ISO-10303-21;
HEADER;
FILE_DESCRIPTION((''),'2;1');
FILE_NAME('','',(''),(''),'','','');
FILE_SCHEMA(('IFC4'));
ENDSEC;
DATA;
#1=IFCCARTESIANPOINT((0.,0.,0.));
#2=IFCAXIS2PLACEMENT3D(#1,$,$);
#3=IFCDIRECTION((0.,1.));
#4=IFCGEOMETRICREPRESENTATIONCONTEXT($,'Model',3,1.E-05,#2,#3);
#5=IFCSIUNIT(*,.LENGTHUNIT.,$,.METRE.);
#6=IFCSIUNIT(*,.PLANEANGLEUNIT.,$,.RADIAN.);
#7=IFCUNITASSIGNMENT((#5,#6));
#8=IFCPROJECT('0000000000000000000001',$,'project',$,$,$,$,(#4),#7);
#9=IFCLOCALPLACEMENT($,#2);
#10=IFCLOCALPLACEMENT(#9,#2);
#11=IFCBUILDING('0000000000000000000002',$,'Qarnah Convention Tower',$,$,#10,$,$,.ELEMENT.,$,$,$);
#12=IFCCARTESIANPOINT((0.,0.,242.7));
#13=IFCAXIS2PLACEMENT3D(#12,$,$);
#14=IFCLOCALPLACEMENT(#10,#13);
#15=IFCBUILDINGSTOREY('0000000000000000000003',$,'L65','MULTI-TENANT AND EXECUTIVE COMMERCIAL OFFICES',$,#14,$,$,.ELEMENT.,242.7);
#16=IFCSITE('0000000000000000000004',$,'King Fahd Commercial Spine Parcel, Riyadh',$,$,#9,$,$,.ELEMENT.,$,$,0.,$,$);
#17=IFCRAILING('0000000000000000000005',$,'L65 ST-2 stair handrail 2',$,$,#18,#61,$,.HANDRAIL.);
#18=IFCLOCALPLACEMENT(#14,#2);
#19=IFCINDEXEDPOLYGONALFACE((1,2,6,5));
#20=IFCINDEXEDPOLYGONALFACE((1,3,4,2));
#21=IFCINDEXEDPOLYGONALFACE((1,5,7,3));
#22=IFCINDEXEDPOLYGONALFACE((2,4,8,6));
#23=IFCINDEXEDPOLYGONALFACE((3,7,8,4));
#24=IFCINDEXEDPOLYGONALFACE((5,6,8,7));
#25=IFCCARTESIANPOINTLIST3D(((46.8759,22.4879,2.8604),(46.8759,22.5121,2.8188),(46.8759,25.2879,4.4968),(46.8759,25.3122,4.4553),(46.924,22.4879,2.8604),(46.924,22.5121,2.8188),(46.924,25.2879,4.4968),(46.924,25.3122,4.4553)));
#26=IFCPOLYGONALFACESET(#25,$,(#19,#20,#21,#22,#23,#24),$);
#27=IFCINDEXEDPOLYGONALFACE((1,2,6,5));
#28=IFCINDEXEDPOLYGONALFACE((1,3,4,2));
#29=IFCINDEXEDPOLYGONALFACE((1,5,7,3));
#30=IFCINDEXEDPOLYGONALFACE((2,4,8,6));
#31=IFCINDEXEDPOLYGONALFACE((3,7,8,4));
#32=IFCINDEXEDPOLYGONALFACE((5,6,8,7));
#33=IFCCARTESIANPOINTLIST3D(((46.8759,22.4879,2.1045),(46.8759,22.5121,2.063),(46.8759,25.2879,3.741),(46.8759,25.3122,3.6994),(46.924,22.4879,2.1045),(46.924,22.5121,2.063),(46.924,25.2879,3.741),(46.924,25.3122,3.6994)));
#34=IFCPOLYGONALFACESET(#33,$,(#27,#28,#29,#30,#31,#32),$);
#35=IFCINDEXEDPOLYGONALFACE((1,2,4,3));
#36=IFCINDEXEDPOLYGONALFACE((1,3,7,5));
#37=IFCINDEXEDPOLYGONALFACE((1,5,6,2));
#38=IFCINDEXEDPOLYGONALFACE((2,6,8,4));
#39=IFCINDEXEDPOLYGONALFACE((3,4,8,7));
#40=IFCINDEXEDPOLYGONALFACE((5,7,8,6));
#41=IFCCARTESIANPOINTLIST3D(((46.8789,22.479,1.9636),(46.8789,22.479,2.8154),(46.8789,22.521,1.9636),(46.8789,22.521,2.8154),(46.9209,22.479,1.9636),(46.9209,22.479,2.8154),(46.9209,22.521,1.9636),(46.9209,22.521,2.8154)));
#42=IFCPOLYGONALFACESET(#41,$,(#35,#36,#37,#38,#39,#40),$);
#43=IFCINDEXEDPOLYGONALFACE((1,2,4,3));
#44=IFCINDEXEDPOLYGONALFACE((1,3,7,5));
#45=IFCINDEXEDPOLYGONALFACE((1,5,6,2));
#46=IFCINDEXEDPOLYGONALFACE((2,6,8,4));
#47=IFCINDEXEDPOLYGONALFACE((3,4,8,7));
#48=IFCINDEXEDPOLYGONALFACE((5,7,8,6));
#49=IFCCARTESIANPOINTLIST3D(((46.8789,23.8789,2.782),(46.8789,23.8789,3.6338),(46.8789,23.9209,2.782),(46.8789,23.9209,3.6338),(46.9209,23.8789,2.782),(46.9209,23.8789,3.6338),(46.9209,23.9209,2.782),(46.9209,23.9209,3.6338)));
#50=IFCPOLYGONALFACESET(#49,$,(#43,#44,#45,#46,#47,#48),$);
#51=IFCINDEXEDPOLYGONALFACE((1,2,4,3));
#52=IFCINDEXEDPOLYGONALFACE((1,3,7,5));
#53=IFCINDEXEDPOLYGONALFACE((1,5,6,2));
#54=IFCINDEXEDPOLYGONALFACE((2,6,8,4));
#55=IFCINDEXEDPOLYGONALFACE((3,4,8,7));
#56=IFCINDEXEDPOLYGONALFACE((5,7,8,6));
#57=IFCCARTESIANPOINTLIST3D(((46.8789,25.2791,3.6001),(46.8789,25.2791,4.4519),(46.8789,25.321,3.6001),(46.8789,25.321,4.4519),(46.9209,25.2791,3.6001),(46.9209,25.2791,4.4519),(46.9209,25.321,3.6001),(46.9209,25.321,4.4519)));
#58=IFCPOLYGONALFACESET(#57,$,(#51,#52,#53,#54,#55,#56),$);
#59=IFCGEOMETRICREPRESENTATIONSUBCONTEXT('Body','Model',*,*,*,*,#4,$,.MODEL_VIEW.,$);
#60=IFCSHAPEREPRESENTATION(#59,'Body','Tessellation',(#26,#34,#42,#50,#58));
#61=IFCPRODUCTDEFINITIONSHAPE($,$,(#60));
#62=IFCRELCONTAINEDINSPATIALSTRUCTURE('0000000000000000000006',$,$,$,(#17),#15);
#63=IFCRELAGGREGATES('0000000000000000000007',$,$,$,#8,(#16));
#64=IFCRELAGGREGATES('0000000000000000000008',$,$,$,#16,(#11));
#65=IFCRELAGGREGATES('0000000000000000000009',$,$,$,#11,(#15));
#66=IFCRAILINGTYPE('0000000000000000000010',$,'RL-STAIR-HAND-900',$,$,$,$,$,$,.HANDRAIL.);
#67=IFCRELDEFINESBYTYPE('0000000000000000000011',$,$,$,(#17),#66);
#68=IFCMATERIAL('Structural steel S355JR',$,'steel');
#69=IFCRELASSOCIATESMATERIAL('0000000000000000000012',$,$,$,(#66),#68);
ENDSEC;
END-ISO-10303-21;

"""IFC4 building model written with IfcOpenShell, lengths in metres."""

from ifc_helpers import new_model, si_unit, direction, frame, origin, origin_2d, place, context, subcontext, project, spatial, rectangle, extrude, material, type_object, element, save


model = new_model("IFC4")

# Units and contexts
model_context = context("Model", 3, precision=1e-05, world=origin(), true_north=direction((0.0, 1.0)))
body_context = subcontext(model_context, "Body", "Model", "MODEL_VIEW")
ifc_project = project(units=[si_unit("LENGTHUNIT", "METRE"), si_unit("PLANEANGLEUNIT", "RADIAN")], contexts=[model_context])

# Site, building, storey
site_placement = place(None, origin())
site = spatial("IfcSite", under=ifc_project, at=site_placement, Name="King Fahd Commercial Spine Parcel, Riyadh", CompositionType="ELEMENT", RefElevation=0.0)
building_placement = place(site_placement, origin())
building = spatial("IfcBuilding", under=site, at=building_placement, Name="Qarnah Convention Tower", CompositionType="ELEMENT")
storey_placement = place(building_placement, frame((0.0, 0.0, 242.7)))
storey = spatial("IfcBuildingStorey", under=building, at=storey_placement, Name="L65", Description="MULTI-TENANT AND EXECUTIVE COMMERCIAL OFFICES", CompositionType="ELEMENT", Elevation=242.7)

# Shared definitions
ifc_material_1 = material(Name="Structural steel S355JR", Category="steel")

# Railing
railing_type_1 = type_object("IfcRailingType", Name="RL-STAIR-HAND-900", PredefinedType="HANDRAIL", material=ifc_material_1)
railing_1_placement = place(storey_placement, frame((46.8999, 22.5, 1.9636)))
element("IfcRailing", 1, at=railing_1_placement, inside=storey, type_object=railing_type_1, Name="L65 ST-2 stair handrail 2", PredefinedType="HANDRAIL", context=body_context, shape_type="SweptSolid", body=[
    extrude(rectangle(XDim=0.0481, YDim=0.0481, at=origin_2d()), frame((0.0, 0.0, 0.876), z_axis=(0.0, 0.863361, 0.504587), x_axis=(-1.0, 0.0, 0.0)), (0.0, 0.0, 1.0), 3.2432),
    extrude(rectangle(XDim=0.0481, YDim=0.0481, at=origin_2d()), frame((0.0, 0.0, 0.1201), z_axis=(0.0, 0.863361, 0.504587), x_axis=(-1.0, 0.0, 0.0)), (0.0, 0.0, 1.0), 3.2432),
    extrude(rectangle(XDim=0.042, YDim=0.042, at=origin_2d()), origin(), (0.0, 0.0, 1.0), 0.8518),
    extrude(rectangle(XDim=0.042, YDim=0.042, at=origin_2d()), frame((0.0, 1.3999, 0.8184)), (0.0, 0.0, 1.0), 0.8518),
    extrude(rectangle(XDim=0.042, YDim=0.042, at=origin_2d()), frame((0.0, 2.8, 1.6365)), (0.0, 0.0, 1.0), 0.8518),
])

save(model, "model.ifc")
